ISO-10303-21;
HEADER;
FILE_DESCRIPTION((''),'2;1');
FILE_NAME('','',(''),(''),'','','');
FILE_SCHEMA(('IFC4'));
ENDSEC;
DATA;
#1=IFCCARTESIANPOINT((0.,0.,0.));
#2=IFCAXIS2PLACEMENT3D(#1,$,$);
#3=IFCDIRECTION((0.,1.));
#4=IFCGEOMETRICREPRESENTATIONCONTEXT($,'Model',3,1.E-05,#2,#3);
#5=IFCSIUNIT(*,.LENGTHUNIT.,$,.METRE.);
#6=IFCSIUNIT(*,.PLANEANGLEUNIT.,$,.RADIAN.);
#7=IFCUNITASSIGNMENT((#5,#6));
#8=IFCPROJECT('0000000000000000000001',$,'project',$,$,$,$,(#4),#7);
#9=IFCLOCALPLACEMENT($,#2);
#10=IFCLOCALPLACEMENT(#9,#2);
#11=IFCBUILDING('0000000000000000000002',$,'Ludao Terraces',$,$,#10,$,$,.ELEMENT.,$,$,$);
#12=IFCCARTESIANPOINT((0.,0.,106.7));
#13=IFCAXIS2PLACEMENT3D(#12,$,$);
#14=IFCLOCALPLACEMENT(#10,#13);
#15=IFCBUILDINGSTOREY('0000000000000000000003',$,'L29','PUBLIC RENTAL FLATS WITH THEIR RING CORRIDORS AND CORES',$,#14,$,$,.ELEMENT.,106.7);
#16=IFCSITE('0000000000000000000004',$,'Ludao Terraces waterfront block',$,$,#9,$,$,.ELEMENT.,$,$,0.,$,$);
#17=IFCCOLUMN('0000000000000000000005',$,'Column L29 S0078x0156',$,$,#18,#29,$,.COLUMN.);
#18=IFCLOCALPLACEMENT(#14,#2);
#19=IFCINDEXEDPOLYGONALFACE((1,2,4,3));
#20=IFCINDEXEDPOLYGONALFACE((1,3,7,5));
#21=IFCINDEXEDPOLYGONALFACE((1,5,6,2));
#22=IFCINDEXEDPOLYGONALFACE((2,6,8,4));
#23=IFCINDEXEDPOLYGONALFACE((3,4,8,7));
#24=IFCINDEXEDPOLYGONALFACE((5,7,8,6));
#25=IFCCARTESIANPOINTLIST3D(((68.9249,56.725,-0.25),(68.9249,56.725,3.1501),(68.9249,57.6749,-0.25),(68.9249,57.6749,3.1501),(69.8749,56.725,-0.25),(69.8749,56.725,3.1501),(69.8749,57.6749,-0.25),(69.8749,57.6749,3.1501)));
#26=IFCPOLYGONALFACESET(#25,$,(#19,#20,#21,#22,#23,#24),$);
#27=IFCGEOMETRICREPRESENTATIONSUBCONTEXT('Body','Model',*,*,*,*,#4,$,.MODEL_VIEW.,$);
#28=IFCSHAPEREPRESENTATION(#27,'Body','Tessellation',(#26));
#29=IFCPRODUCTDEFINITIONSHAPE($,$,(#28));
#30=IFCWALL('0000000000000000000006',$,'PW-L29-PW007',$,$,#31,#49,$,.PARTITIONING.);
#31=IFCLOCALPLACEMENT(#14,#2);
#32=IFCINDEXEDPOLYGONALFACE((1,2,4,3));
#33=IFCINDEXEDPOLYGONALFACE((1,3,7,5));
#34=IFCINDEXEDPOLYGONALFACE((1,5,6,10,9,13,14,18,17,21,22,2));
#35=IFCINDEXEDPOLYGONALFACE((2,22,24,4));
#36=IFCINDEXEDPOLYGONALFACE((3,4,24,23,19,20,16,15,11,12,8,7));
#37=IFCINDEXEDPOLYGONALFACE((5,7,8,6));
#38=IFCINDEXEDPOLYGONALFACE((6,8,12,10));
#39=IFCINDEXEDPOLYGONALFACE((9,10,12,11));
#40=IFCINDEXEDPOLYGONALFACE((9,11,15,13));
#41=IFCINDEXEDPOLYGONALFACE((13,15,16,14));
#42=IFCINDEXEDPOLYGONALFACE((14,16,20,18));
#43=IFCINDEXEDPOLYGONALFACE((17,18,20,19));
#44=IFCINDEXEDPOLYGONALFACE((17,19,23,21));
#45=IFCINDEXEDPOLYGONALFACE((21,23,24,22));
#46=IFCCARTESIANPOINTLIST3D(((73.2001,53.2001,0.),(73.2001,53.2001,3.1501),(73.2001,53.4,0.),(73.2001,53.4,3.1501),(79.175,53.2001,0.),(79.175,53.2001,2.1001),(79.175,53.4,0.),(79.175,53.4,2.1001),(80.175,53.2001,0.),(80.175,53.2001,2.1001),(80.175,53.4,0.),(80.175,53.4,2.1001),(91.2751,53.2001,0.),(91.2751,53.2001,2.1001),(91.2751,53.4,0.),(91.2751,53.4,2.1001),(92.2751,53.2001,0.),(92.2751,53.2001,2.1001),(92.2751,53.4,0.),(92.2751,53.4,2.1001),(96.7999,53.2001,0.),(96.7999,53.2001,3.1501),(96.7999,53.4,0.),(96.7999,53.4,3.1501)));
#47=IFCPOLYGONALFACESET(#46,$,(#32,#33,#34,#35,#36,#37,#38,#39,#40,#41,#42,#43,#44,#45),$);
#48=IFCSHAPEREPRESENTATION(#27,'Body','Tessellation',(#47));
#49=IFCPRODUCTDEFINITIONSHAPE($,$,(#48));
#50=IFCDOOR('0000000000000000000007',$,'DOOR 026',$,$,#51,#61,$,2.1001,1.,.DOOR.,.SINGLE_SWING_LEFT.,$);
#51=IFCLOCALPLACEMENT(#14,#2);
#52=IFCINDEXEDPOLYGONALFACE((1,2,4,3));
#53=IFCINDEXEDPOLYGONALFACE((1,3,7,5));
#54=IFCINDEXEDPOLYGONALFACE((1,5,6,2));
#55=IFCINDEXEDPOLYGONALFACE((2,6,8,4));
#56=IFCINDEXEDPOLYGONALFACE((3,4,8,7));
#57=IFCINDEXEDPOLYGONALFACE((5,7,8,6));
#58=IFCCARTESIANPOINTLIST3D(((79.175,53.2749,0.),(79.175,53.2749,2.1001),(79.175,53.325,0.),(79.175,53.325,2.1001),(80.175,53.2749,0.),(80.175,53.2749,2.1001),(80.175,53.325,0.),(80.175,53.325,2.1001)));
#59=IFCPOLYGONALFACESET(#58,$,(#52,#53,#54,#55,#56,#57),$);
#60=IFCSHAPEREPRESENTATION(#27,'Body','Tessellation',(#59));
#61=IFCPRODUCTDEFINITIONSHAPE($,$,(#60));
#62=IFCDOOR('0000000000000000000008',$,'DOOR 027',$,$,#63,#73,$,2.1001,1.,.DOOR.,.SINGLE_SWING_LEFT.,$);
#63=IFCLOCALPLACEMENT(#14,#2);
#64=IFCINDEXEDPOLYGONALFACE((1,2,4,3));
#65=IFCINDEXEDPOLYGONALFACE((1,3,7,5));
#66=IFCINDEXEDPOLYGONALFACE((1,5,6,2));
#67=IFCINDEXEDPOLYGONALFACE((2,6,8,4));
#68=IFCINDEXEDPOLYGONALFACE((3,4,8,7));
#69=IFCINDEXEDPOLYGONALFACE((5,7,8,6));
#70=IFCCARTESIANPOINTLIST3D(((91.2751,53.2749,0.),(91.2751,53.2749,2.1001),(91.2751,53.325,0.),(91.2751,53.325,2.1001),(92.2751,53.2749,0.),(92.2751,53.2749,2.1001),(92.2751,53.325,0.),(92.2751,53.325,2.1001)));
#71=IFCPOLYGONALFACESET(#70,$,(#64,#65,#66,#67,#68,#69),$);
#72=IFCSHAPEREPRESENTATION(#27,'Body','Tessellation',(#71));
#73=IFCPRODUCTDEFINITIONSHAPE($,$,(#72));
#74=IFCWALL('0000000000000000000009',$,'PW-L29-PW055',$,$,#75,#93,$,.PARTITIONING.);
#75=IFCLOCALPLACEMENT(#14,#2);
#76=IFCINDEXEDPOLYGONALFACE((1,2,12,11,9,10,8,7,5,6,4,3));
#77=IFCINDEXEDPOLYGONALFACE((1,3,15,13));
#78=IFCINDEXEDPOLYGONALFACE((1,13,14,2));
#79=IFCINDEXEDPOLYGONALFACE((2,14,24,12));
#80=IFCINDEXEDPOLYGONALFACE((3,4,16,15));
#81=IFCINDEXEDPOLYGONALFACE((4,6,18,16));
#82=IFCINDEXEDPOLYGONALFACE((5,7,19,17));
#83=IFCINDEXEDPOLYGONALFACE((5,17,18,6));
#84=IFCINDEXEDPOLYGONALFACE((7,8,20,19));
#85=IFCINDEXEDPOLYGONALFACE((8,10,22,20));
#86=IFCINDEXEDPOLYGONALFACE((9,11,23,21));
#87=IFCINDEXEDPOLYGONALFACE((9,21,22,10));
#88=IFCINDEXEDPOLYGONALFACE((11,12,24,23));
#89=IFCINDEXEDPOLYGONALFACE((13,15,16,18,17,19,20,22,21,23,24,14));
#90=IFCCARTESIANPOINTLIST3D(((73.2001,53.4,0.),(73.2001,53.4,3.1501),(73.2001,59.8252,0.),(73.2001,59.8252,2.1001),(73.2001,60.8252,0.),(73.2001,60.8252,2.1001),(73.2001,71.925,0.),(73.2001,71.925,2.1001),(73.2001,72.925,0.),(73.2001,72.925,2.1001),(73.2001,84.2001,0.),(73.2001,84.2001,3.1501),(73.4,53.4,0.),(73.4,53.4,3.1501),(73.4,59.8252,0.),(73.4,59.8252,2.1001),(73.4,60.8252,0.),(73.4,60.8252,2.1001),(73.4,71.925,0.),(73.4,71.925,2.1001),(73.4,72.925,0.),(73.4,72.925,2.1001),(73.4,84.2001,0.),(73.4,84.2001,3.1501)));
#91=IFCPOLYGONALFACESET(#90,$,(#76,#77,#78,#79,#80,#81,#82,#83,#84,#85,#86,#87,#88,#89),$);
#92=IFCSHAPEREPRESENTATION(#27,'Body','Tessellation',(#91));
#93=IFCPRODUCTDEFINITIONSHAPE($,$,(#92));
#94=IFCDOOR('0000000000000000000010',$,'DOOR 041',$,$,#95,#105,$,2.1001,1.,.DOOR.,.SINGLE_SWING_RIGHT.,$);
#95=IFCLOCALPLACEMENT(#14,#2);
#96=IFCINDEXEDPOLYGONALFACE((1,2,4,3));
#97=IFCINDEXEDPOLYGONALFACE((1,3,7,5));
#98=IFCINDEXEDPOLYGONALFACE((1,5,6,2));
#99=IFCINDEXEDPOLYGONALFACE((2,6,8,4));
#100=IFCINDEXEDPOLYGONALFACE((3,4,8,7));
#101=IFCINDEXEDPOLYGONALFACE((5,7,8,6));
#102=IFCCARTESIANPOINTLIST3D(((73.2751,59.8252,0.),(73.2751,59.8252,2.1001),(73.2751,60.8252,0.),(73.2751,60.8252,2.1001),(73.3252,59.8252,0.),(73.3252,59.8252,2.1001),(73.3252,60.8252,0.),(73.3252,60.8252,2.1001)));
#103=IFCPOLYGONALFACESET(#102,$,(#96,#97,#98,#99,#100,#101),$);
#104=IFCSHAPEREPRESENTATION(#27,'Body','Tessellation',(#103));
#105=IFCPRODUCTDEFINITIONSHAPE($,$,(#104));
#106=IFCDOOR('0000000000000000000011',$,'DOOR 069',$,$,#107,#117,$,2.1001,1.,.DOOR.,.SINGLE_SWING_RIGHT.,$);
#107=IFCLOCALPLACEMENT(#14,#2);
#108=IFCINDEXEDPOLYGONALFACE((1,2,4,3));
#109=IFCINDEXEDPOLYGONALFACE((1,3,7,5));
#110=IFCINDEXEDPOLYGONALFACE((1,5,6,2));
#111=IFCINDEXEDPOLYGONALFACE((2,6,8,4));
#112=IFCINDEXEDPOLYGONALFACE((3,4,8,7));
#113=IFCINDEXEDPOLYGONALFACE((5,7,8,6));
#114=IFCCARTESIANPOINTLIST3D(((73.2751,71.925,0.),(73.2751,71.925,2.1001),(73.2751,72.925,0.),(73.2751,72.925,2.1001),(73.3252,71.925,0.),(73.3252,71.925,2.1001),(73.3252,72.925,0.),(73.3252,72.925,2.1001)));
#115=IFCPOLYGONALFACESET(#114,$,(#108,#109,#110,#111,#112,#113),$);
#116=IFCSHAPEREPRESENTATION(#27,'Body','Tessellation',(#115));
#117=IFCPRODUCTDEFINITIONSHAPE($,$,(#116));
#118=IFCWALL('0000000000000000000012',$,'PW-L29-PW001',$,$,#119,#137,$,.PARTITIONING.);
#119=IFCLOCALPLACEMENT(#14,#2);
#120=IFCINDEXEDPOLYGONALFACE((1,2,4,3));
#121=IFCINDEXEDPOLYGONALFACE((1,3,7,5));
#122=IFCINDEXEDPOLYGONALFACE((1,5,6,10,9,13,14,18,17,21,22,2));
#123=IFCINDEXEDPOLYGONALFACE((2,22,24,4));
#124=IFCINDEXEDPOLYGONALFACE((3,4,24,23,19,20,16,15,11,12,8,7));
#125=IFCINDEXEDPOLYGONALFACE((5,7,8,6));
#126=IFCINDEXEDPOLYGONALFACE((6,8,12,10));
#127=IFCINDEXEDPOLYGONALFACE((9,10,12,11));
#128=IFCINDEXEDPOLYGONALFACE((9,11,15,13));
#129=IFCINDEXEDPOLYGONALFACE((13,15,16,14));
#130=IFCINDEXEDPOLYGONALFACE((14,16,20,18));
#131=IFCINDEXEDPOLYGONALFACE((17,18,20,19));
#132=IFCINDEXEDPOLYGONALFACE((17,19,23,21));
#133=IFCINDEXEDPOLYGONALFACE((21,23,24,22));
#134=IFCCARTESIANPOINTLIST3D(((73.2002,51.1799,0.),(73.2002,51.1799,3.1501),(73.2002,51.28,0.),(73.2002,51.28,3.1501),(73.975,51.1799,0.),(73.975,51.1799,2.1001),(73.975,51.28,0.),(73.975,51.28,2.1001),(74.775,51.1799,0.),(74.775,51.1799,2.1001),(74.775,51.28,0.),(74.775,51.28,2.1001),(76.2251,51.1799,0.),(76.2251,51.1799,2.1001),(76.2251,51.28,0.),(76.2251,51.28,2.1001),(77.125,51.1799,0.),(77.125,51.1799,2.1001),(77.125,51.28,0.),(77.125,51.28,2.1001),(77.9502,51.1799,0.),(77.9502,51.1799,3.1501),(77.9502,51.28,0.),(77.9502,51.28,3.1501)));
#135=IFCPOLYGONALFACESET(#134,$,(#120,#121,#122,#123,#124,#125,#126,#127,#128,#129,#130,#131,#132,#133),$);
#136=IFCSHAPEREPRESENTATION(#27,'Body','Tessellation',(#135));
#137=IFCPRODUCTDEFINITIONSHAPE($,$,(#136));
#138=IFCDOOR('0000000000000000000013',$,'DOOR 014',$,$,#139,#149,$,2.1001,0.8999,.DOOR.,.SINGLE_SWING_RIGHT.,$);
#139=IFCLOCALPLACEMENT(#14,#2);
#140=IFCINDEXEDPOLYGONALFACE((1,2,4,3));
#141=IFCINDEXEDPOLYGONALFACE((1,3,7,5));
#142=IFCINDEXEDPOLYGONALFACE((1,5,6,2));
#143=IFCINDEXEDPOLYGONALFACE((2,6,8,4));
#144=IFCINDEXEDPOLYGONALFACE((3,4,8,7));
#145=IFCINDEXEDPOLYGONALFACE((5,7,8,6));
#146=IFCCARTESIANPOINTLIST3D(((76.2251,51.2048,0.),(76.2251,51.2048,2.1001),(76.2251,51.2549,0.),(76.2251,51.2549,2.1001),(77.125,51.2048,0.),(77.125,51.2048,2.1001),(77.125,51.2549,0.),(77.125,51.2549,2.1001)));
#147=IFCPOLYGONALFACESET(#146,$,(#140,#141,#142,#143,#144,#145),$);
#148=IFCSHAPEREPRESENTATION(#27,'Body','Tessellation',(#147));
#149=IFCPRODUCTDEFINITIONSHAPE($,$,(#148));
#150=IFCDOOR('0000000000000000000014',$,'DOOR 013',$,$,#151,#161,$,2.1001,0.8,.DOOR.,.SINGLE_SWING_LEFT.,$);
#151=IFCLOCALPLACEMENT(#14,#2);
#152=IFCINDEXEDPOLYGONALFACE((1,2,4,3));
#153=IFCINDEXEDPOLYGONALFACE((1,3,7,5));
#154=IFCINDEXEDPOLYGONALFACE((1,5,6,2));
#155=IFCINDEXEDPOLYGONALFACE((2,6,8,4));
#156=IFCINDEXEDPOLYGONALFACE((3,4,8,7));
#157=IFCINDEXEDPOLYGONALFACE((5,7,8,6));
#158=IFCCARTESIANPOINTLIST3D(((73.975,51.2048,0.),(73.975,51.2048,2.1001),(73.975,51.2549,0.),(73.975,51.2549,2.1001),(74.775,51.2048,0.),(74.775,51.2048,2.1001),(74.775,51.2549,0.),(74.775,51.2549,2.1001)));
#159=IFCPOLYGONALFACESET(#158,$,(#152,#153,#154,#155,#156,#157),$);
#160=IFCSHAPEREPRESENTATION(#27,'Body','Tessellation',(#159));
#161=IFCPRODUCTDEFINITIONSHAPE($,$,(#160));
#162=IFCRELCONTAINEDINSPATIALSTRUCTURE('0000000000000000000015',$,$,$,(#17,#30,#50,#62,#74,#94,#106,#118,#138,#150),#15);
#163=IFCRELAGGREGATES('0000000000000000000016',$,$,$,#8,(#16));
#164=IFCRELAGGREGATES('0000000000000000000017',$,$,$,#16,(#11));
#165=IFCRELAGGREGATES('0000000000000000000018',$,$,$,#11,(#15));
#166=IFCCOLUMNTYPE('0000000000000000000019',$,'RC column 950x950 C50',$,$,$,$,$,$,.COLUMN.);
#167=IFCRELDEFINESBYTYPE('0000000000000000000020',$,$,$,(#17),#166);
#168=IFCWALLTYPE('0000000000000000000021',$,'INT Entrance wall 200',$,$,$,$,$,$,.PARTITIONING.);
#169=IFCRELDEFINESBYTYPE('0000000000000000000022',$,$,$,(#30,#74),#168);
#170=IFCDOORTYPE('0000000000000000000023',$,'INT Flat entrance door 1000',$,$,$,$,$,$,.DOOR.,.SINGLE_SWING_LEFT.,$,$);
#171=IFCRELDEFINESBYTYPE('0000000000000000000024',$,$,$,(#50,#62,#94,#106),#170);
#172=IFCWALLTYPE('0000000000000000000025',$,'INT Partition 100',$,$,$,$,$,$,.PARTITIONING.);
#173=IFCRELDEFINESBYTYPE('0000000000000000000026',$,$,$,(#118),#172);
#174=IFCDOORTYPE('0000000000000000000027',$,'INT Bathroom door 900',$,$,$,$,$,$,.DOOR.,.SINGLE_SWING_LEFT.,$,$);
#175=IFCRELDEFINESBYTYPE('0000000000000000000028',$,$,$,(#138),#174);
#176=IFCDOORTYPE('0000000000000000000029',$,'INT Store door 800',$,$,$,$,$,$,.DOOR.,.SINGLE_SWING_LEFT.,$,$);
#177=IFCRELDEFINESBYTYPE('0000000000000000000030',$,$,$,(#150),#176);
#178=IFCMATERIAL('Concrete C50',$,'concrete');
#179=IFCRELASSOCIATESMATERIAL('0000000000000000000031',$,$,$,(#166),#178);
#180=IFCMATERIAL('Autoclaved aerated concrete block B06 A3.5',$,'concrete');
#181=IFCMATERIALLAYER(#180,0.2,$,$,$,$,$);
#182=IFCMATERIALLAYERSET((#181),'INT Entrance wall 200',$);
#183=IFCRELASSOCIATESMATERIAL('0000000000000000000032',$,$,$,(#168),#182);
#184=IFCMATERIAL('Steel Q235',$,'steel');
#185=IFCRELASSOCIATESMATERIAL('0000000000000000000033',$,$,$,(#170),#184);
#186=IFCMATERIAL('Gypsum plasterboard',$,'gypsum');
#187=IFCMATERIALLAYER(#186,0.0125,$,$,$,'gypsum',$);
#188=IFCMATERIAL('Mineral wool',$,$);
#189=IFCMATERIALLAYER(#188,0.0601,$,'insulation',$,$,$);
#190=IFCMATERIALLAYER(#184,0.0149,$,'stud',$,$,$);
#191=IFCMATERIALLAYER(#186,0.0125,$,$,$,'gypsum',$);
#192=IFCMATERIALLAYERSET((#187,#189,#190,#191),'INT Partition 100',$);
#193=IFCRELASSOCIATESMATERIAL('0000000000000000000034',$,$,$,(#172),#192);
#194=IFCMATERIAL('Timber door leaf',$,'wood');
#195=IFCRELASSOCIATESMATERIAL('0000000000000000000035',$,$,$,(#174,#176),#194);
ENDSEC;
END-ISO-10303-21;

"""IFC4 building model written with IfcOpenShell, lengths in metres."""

from ifc_helpers import new_model, si_unit, direction, frame, frame_2d, origin, origin_2d, place, context, subcontext, project, spatial, rectangle, extrude, material, layer, layer_set, material_profile, profile_set, type_object, element, fill, save


model = new_model("IFC4")

# Units and contexts
model_context = context("Model", 3, precision=1e-05, world=origin(), true_north=direction((0.0, 1.0)))
body_context = subcontext(model_context, "Body", "Model", "MODEL_VIEW")
ifc_project = project(units=[si_unit("LENGTHUNIT", "METRE"), si_unit("PLANEANGLEUNIT", "RADIAN")], contexts=[model_context])

# Site, building, storey
site_placement = place(None, origin())
site = spatial("IfcSite", under=ifc_project, at=site_placement, Name="Ludao Terraces waterfront block", CompositionType="ELEMENT", RefElevation=0.0)
building_placement = place(site_placement, origin())
building = spatial("IfcBuilding", under=site, at=building_placement, Name="Ludao Terraces", CompositionType="ELEMENT")
storey_placement = place(building_placement, frame((0.0, 0.0, 106.7)))
storey = spatial("IfcBuildingStorey", under=building, at=storey_placement, Name="L29", Description="PUBLIC RENTAL FLATS WITH THEIR RING CORRIDORS AND CORES", CompositionType="ELEMENT", Elevation=106.7)

# Column
ifc_material_1 = material(Name="Concrete C50", Category="concrete")
ifc_material_profile = material_profile(ifc_material_1, rectangle(XDim=0.95, YDim=0.95, at=origin_2d()), Name="950 X 950")
ifc_profile_set = profile_set([ifc_material_profile], Name="Concrete C50")
column_type = type_object("IfcColumnType", Name="RC column 950x950 C50", PredefinedType="COLUMN", material=ifc_profile_set)
column_placement = place(storey_placement, frame((69.3999, 57.2, -0.25), z_axis=(0.0, 0.0, 1.0), x_axis=(1.0, 0.0, 0.0)))
element("IfcColumn", 1, at=column_placement, inside=storey, type_object=column_type, Name="Column L29 S0078x0156", PredefinedType="COLUMN", context=body_context, shape_type="SweptSolid", body=[
    extrude(rectangle(XDim=0.95, YDim=0.95, at=origin_2d()), origin(), (0.0, 0.0, 1.0), 3.4001),
])

# Walls, openings, doors
ifc_material_2 = material(Name="Autoclaved aerated concrete block B06 A3.5", Category="concrete")
ifc_layer_1 = layer(ifc_material_2, 0.2)
ifc_layer_set_1 = layer_set([ifc_layer_1], Name="INT Entrance wall 200")
wall_type_1 = type_object("IfcWallType", Name="INT Entrance wall 200", PredefinedType="PARTITIONING", material=ifc_layer_set_1)
wall_1_placement = place(storey_placement, frame((73.2002, 53.3, 0.0), z_axis=(0.0, 0.0, 1.0), x_axis=(1.0, 0.0, 0.0)))
wall_1 = element("IfcWall", 2, at=wall_1_placement, inside=storey, type_object=wall_type_1, Name="PW-L29-PW007", PredefinedType="PARTITIONING", context=body_context, shape_type="SweptSolid", body=[
    extrude(rectangle(XDim=23.5999, YDim=0.2, at=frame_2d((11.7998, 0.0))), origin(), (0.0, 0.0, 1.0), 3.1501),
])
opening_1_placement = place(wall_1_placement, frame((5.9749, 0.0, 0.0)))
opening_1 = element("IfcOpeningElement", 3, at=opening_1_placement, cuts=wall_1, PredefinedType="OPENING", context=body_context, shape_type="SweptSolid", body=[
    extrude(rectangle(XDim=1.0, YDim=2.1001, at=frame_2d((0.5, 1.05))), frame((0.0, 0.1099, 0.0), z_axis=(0.0, -1.0, 0.0), x_axis=(1.0, 0.0, 0.0)), (0.0, 0.0, 1.0), 0.22),
])
opening_2_placement = place(wall_1_placement, frame((18.075, 0.0, 0.0)))
opening_2 = element("IfcOpeningElement", 4, at=opening_2_placement, cuts=wall_1, PredefinedType="OPENING", context=body_context, shape_type="SweptSolid", body=[
    extrude(rectangle(XDim=1.0, YDim=2.1001, at=frame_2d((0.5, 1.05))), frame((0.0, 0.1099, 0.0), z_axis=(0.0, -1.0, 0.0), x_axis=(1.0, 0.0, 0.0)), (0.0, 0.0, 1.0), 0.22),
])
ifc_material_3 = material(Name="Steel Q235", Category="steel")
door_type_1 = type_object("IfcDoorType", Name="INT Flat entrance door 1000", OperationType="SINGLE_SWING_LEFT", PredefinedType="DOOR", material=ifc_material_3)
door_1_placement = place(opening_1_placement, origin())
door_1 = element("IfcDoor", 5, at=door_1_placement, inside=storey, type_object=door_type_1, Name="DOOR 026", OperationType="SINGLE_SWING_LEFT", OverallHeight=2.1001, OverallWidth=1.0, PredefinedType="DOOR", context=body_context, shape_type="SweptSolid", body=[
    extrude(rectangle(XDim=1.0, YDim=2.1001, at=frame_2d((0.5, 1.05))), frame((0.0, 0.0249, 0.0), z_axis=(0.0, -1.0, 0.0), x_axis=(1.0, 0.0, 0.0)), (0.0, 0.0, 1.0), 0.05),
])
fill(opening_1, door_1)
door_2_placement = place(opening_2_placement, origin())
door_2 = element("IfcDoor", 6, at=door_2_placement, inside=storey, type_object=door_type_1, Name="DOOR 027", OperationType="SINGLE_SWING_LEFT", OverallHeight=2.1001, OverallWidth=1.0, PredefinedType="DOOR", context=body_context, shape_type="SweptSolid", body=[
    extrude(rectangle(XDim=1.0, YDim=2.1001, at=frame_2d((0.5, 1.05))), frame((0.0, 0.0249, 0.0), z_axis=(0.0, -1.0, 0.0), x_axis=(1.0, 0.0, 0.0)), (0.0, 0.0, 1.0), 0.05),
])
fill(opening_2, door_2)
wall_2_placement = place(storey_placement, frame((73.3, 53.4001, 0.0), z_axis=(0.0, 0.0, 1.0), x_axis=(0.0, 1.0, 0.0)))
wall_2 = element("IfcWall", 7, at=wall_2_placement, inside=storey, type_object=wall_type_1, Name="PW-L29-PW055", PredefinedType="PARTITIONING", context=body_context, shape_type="SweptSolid", body=[
    extrude(rectangle(XDim=30.8, YDim=0.2, at=frame_2d((15.3999, 0.0))), origin(), (0.0, 0.0, 1.0), 3.1501),
])
opening_3_placement = place(wall_2_placement, frame((6.425, 0.0, 0.0)))
opening_3 = element("IfcOpeningElement", 8, at=opening_3_placement, cuts=wall_2, PredefinedType="OPENING", context=body_context, shape_type="SweptSolid", body=[
    extrude(rectangle(XDim=1.0, YDim=2.1001, at=frame_2d((0.5, 1.05))), frame((0.0, 0.1099, 0.0), z_axis=(0.0, -1.0, 0.0), x_axis=(1.0, 0.0, 0.0)), (0.0, 0.0, 1.0), 0.22),
])
opening_4_placement = place(wall_2_placement, frame((18.5249, 0.0, 0.0)))
opening_4 = element("IfcOpeningElement", 9, at=opening_4_placement, cuts=wall_2, PredefinedType="OPENING", context=body_context, shape_type="SweptSolid", body=[
    extrude(rectangle(XDim=1.0, YDim=2.1001, at=frame_2d((0.5, 1.05))), frame((0.0, 0.1099, 0.0), z_axis=(0.0, -1.0, 0.0), x_axis=(1.0, 0.0, 0.0)), (0.0, 0.0, 1.0), 0.22),
])
door_3_placement = place(opening_3_placement, origin())
door_3 = element("IfcDoor", 10, at=door_3_placement, inside=storey, type_object=door_type_1, Name="DOOR 041", OperationType="SINGLE_SWING_RIGHT", OverallHeight=2.1001, OverallWidth=1.0, PredefinedType="DOOR", context=body_context, shape_type="SweptSolid", body=[
    extrude(rectangle(XDim=1.0, YDim=2.1001, at=frame_2d((0.5, 1.05))), frame((0.0, 0.0249, 0.0), z_axis=(0.0, -1.0, 0.0), x_axis=(1.0, 0.0, 0.0)), (0.0, 0.0, 1.0), 0.05),
])
fill(opening_3, door_3)
door_4_placement = place(opening_4_placement, origin())
door_4 = element("IfcDoor", 11, at=door_4_placement, inside=storey, type_object=door_type_1, Name="DOOR 069", OperationType="SINGLE_SWING_RIGHT", OverallHeight=2.1001, OverallWidth=1.0, PredefinedType="DOOR", context=body_context, shape_type="SweptSolid", body=[
    extrude(rectangle(XDim=1.0, YDim=2.1001, at=frame_2d((0.5, 1.05))), frame((0.0, 0.0249, 0.0), z_axis=(0.0, -1.0, 0.0), x_axis=(1.0, 0.0, 0.0)), (0.0, 0.0, 1.0), 0.05),
])
fill(opening_4, door_4)
ifc_material_4 = material(Name="Gypsum plasterboard", Category="gypsum")
ifc_layer_2 = layer(ifc_material_4, 0.0125, Category="gypsum")
ifc_material_5 = material(Name="Mineral wool")
ifc_layer_3 = layer(ifc_material_5, 0.0601, Name="insulation")
ifc_layer_4 = layer(ifc_material_3, 0.0149, Name="stud")
ifc_layer_5 = layer(ifc_material_4, 0.0125, Category="gypsum")
ifc_layer_set_2 = layer_set([ifc_layer_2, ifc_layer_3, ifc_layer_4, ifc_layer_5], Name="INT Partition 100")
wall_type_2 = type_object("IfcWallType", Name="INT Partition 100", PredefinedType="PARTITIONING", material=ifc_layer_set_2)
wall_3_placement = place(storey_placement, frame((73.2002, 51.23, 0.0), z_axis=(0.0, 0.0, 1.0), x_axis=(1.0, 0.0, 0.0)))
wall_3 = element("IfcWall", 12, at=wall_3_placement, inside=storey, type_object=wall_type_2, Name="PW-L29-PW001", PredefinedType="PARTITIONING", context=body_context, shape_type="SweptSolid", body=[
    extrude(rectangle(XDim=4.75, YDim=0.1001, at=frame_2d((2.375, 0.0))), origin(), (0.0, 0.0, 1.0), 3.1501),
])
opening_5_placement = place(wall_3_placement, frame((0.7749, 0.0, 0.0)))
opening_5 = element("IfcOpeningElement", 13, at=opening_5_placement, cuts=wall_3, PredefinedType="OPENING", context=body_context, shape_type="SweptSolid", body=[
    extrude(rectangle(XDim=0.8, YDim=2.1001, at=frame_2d((0.3999, 1.05))), frame((0.0, 0.0601, 0.0), z_axis=(0.0, -1.0, 0.0), x_axis=(1.0, 0.0, 0.0)), (0.0, 0.0, 1.0), 0.1201),
])
opening_6_placement = place(wall_3_placement, frame((3.0249, 0.0, 0.0)))
opening_6 = element("IfcOpeningElement", 14, at=opening_6_placement, cuts=wall_3, PredefinedType="OPENING", context=body_context, shape_type="SweptSolid", body=[
    extrude(rectangle(XDim=0.8999, YDim=2.1001, at=frame_2d((0.45, 1.05))), frame((0.0, 0.0601, 0.0), z_axis=(0.0, -1.0, 0.0), x_axis=(1.0, 0.0, 0.0)), (0.0, 0.0, 1.0), 0.1201),
])
ifc_material_6 = material(Name="Timber door leaf", Category="wood")
door_type_2 = type_object("IfcDoorType", Name="INT Bathroom door 900", OperationType="SINGLE_SWING_LEFT", PredefinedType="DOOR", material=ifc_material_6)
door_5_placement = place(opening_6_placement, origin())
door_5 = element("IfcDoor", 15, at=door_5_placement, inside=storey, type_object=door_type_2, Name="DOOR 014", OperationType="SINGLE_SWING_RIGHT", OverallHeight=2.1001, OverallWidth=0.8999, PredefinedType="DOOR", context=body_context, shape_type="SweptSolid", body=[
    extrude(rectangle(XDim=0.8999, YDim=2.1001, at=frame_2d((0.45, 1.05))), frame((0.0, 0.0249, 0.0), z_axis=(0.0, -1.0, 0.0), x_axis=(1.0, 0.0, 0.0)), (0.0, 0.0, 1.0), 0.05),
])
fill(opening_6, door_5)
door_type_3 = type_object("IfcDoorType", Name="INT Store door 800", OperationType="SINGLE_SWING_LEFT", PredefinedType="DOOR", material=ifc_material_6)
door_6_placement = place(opening_5_placement, origin())
door_6 = element("IfcDoor", 16, at=door_6_placement, inside=storey, type_object=door_type_3, Name="DOOR 013", OperationType="SINGLE_SWING_LEFT", OverallHeight=2.1001, OverallWidth=0.8, PredefinedType="DOOR", context=body_context, shape_type="SweptSolid", body=[
    extrude(rectangle(XDim=0.8, YDim=2.1001, at=frame_2d((0.3999, 1.05))), frame((0.0, 0.0249, 0.0), z_axis=(0.0, -1.0, 0.0), x_axis=(1.0, 0.0, 0.0)), (0.0, 0.0, 1.0), 0.05),
])
fill(opening_5, door_6)

save(model, "model.ifc")
